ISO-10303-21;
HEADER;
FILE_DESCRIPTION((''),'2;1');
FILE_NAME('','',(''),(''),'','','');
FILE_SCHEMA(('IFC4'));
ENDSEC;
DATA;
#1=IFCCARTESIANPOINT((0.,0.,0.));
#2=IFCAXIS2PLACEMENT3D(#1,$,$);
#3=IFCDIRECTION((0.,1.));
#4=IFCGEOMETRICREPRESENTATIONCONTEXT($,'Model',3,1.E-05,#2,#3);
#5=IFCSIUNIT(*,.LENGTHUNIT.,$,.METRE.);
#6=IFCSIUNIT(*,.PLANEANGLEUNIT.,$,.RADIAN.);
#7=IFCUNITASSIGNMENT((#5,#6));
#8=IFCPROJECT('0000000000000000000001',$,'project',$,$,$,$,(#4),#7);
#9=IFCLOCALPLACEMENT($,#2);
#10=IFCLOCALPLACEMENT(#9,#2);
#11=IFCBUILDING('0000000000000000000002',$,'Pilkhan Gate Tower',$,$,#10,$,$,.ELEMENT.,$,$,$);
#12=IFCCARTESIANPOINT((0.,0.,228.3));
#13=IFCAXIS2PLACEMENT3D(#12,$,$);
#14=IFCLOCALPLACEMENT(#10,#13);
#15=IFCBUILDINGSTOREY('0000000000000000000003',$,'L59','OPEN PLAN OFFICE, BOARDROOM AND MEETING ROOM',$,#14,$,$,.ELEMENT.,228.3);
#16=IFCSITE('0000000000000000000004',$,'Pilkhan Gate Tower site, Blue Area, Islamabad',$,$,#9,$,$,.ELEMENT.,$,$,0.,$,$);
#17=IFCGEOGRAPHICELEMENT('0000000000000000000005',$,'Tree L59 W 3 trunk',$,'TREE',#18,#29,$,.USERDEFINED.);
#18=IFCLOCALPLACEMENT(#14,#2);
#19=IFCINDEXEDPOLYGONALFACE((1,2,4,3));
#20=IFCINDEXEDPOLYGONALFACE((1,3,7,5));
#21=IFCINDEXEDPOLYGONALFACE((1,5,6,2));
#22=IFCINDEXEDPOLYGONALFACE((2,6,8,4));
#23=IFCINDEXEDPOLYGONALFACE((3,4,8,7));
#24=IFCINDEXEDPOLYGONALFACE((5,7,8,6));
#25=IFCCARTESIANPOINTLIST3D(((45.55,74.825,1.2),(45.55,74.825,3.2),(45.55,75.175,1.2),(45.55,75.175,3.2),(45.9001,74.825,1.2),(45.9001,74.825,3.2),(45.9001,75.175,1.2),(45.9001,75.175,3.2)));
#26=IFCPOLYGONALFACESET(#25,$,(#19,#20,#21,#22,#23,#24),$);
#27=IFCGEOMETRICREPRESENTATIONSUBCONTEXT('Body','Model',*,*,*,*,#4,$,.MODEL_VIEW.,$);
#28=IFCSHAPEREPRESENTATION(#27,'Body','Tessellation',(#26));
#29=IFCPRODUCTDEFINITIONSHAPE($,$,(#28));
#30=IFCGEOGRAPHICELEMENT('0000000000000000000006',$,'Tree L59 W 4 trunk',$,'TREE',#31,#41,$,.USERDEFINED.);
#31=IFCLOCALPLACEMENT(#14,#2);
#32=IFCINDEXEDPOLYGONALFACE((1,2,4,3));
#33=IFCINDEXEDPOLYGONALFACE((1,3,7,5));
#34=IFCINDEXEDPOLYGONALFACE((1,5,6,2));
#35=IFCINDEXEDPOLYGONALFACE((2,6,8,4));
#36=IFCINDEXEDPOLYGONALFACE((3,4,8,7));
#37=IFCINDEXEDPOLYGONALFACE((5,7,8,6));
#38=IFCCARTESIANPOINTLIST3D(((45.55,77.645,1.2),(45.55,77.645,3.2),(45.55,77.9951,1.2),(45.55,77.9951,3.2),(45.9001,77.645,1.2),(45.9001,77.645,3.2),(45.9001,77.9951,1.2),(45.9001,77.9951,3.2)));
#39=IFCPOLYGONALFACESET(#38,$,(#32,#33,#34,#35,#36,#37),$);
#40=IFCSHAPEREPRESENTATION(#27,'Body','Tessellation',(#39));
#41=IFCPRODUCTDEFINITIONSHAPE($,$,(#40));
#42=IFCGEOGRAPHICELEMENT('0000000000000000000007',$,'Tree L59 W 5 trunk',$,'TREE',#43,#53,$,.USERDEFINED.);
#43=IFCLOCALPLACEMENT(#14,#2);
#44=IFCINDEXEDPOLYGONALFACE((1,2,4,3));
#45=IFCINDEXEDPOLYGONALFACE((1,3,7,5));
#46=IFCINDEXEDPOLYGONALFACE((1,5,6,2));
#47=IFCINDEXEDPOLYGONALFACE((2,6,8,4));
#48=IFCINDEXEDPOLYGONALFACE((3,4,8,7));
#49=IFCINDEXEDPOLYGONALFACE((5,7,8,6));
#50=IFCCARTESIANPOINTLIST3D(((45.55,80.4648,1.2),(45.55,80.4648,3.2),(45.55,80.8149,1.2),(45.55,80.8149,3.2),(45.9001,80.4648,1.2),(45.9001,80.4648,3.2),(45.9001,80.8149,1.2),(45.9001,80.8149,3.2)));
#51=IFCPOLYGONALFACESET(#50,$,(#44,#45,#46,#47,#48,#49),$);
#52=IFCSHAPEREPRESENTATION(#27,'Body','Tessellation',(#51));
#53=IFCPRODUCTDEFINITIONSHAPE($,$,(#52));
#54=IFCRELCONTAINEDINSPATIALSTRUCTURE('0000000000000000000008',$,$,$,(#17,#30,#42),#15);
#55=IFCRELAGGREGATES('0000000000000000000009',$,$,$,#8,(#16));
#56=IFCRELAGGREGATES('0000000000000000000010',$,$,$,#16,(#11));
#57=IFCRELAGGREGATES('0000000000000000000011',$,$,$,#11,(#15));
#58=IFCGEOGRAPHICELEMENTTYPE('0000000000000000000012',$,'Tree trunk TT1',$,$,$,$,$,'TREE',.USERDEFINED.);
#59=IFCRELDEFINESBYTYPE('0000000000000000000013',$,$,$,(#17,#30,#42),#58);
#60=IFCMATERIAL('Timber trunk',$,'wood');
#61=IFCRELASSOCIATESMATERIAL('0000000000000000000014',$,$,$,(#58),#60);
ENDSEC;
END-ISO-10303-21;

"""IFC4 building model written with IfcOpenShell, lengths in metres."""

from ifc_helpers import new_model, si_unit, direction, frame, origin, origin_2d, place, context, subcontext, project, spatial, rectangle, extrude, material, type_object, element, save


model = new_model("IFC4")

# Units and contexts
model_context = context("Model", 3, precision=1e-05, world=origin(), true_north=direction((0.0, 1.0)))
body_context = subcontext(model_context, "Body", "Model", "MODEL_VIEW")
ifc_project = project(units=[si_unit("LENGTHUNIT", "METRE"), si_unit("PLANEANGLEUNIT", "RADIAN")], contexts=[model_context])

# Site, building, storey
site_placement = place(None, origin())
site = spatial("IfcSite", under=ifc_project, at=site_placement, Name="Pilkhan Gate Tower site, Blue Area, Islamabad", CompositionType="ELEMENT", RefElevation=0.0)
building_placement = place(site_placement, origin())
building = spatial("IfcBuilding", under=site, at=building_placement, Name="Pilkhan Gate Tower", CompositionType="ELEMENT")
storey_placement = place(building_placement, frame((0.0, 0.0, 228.3)))
storey = spatial("IfcBuildingStorey", under=building, at=storey_placement, Name="L59", Description="OPEN PLAN OFFICE, BOARDROOM AND MEETING ROOM", CompositionType="ELEMENT", Elevation=228.3)

# Geographic elements
ifc_material_1 = material(Name="Timber trunk", Category="wood")
geographic_element_type_1 = type_object("IfcGeographicElementType", Name="Tree trunk TT1", ElementType="TREE", PredefinedType="USERDEFINED", material=ifc_material_1)
for number, where, z_axis, x_axis, name in (
    (1, (45.7251, 75.0, 1.2), (0.0, 0.0, 1.0), (1.0, 0.0, 0.0), "Tree L59 W 3 trunk"),
    (2, (45.7251, 77.8201, 1.2), (0.0, 0.0, 1.0), (1.0, 0.0, 0.0), "Tree L59 W 4 trunk"),
    (3, (45.7251, 80.6399, 1.2), (0.0, 0.0, 1.0), (1.0, 0.0, 0.0), "Tree L59 W 5 trunk"),
):
    element("IfcGeographicElement", number, at=place(storey_placement, frame(where, z_axis=z_axis, x_axis=x_axis)), inside=storey, type_object=geographic_element_type_1, Name=name, ObjectType="TREE", PredefinedType="USERDEFINED", context=body_context, shape_type="SweptSolid", body=[
        extrude(rectangle(XDim=0.3501, YDim=0.3501, at=origin_2d()), origin(), (0.0, 0.0, 1.0), 2.0),
    ])

save(model, "model.ifc")
